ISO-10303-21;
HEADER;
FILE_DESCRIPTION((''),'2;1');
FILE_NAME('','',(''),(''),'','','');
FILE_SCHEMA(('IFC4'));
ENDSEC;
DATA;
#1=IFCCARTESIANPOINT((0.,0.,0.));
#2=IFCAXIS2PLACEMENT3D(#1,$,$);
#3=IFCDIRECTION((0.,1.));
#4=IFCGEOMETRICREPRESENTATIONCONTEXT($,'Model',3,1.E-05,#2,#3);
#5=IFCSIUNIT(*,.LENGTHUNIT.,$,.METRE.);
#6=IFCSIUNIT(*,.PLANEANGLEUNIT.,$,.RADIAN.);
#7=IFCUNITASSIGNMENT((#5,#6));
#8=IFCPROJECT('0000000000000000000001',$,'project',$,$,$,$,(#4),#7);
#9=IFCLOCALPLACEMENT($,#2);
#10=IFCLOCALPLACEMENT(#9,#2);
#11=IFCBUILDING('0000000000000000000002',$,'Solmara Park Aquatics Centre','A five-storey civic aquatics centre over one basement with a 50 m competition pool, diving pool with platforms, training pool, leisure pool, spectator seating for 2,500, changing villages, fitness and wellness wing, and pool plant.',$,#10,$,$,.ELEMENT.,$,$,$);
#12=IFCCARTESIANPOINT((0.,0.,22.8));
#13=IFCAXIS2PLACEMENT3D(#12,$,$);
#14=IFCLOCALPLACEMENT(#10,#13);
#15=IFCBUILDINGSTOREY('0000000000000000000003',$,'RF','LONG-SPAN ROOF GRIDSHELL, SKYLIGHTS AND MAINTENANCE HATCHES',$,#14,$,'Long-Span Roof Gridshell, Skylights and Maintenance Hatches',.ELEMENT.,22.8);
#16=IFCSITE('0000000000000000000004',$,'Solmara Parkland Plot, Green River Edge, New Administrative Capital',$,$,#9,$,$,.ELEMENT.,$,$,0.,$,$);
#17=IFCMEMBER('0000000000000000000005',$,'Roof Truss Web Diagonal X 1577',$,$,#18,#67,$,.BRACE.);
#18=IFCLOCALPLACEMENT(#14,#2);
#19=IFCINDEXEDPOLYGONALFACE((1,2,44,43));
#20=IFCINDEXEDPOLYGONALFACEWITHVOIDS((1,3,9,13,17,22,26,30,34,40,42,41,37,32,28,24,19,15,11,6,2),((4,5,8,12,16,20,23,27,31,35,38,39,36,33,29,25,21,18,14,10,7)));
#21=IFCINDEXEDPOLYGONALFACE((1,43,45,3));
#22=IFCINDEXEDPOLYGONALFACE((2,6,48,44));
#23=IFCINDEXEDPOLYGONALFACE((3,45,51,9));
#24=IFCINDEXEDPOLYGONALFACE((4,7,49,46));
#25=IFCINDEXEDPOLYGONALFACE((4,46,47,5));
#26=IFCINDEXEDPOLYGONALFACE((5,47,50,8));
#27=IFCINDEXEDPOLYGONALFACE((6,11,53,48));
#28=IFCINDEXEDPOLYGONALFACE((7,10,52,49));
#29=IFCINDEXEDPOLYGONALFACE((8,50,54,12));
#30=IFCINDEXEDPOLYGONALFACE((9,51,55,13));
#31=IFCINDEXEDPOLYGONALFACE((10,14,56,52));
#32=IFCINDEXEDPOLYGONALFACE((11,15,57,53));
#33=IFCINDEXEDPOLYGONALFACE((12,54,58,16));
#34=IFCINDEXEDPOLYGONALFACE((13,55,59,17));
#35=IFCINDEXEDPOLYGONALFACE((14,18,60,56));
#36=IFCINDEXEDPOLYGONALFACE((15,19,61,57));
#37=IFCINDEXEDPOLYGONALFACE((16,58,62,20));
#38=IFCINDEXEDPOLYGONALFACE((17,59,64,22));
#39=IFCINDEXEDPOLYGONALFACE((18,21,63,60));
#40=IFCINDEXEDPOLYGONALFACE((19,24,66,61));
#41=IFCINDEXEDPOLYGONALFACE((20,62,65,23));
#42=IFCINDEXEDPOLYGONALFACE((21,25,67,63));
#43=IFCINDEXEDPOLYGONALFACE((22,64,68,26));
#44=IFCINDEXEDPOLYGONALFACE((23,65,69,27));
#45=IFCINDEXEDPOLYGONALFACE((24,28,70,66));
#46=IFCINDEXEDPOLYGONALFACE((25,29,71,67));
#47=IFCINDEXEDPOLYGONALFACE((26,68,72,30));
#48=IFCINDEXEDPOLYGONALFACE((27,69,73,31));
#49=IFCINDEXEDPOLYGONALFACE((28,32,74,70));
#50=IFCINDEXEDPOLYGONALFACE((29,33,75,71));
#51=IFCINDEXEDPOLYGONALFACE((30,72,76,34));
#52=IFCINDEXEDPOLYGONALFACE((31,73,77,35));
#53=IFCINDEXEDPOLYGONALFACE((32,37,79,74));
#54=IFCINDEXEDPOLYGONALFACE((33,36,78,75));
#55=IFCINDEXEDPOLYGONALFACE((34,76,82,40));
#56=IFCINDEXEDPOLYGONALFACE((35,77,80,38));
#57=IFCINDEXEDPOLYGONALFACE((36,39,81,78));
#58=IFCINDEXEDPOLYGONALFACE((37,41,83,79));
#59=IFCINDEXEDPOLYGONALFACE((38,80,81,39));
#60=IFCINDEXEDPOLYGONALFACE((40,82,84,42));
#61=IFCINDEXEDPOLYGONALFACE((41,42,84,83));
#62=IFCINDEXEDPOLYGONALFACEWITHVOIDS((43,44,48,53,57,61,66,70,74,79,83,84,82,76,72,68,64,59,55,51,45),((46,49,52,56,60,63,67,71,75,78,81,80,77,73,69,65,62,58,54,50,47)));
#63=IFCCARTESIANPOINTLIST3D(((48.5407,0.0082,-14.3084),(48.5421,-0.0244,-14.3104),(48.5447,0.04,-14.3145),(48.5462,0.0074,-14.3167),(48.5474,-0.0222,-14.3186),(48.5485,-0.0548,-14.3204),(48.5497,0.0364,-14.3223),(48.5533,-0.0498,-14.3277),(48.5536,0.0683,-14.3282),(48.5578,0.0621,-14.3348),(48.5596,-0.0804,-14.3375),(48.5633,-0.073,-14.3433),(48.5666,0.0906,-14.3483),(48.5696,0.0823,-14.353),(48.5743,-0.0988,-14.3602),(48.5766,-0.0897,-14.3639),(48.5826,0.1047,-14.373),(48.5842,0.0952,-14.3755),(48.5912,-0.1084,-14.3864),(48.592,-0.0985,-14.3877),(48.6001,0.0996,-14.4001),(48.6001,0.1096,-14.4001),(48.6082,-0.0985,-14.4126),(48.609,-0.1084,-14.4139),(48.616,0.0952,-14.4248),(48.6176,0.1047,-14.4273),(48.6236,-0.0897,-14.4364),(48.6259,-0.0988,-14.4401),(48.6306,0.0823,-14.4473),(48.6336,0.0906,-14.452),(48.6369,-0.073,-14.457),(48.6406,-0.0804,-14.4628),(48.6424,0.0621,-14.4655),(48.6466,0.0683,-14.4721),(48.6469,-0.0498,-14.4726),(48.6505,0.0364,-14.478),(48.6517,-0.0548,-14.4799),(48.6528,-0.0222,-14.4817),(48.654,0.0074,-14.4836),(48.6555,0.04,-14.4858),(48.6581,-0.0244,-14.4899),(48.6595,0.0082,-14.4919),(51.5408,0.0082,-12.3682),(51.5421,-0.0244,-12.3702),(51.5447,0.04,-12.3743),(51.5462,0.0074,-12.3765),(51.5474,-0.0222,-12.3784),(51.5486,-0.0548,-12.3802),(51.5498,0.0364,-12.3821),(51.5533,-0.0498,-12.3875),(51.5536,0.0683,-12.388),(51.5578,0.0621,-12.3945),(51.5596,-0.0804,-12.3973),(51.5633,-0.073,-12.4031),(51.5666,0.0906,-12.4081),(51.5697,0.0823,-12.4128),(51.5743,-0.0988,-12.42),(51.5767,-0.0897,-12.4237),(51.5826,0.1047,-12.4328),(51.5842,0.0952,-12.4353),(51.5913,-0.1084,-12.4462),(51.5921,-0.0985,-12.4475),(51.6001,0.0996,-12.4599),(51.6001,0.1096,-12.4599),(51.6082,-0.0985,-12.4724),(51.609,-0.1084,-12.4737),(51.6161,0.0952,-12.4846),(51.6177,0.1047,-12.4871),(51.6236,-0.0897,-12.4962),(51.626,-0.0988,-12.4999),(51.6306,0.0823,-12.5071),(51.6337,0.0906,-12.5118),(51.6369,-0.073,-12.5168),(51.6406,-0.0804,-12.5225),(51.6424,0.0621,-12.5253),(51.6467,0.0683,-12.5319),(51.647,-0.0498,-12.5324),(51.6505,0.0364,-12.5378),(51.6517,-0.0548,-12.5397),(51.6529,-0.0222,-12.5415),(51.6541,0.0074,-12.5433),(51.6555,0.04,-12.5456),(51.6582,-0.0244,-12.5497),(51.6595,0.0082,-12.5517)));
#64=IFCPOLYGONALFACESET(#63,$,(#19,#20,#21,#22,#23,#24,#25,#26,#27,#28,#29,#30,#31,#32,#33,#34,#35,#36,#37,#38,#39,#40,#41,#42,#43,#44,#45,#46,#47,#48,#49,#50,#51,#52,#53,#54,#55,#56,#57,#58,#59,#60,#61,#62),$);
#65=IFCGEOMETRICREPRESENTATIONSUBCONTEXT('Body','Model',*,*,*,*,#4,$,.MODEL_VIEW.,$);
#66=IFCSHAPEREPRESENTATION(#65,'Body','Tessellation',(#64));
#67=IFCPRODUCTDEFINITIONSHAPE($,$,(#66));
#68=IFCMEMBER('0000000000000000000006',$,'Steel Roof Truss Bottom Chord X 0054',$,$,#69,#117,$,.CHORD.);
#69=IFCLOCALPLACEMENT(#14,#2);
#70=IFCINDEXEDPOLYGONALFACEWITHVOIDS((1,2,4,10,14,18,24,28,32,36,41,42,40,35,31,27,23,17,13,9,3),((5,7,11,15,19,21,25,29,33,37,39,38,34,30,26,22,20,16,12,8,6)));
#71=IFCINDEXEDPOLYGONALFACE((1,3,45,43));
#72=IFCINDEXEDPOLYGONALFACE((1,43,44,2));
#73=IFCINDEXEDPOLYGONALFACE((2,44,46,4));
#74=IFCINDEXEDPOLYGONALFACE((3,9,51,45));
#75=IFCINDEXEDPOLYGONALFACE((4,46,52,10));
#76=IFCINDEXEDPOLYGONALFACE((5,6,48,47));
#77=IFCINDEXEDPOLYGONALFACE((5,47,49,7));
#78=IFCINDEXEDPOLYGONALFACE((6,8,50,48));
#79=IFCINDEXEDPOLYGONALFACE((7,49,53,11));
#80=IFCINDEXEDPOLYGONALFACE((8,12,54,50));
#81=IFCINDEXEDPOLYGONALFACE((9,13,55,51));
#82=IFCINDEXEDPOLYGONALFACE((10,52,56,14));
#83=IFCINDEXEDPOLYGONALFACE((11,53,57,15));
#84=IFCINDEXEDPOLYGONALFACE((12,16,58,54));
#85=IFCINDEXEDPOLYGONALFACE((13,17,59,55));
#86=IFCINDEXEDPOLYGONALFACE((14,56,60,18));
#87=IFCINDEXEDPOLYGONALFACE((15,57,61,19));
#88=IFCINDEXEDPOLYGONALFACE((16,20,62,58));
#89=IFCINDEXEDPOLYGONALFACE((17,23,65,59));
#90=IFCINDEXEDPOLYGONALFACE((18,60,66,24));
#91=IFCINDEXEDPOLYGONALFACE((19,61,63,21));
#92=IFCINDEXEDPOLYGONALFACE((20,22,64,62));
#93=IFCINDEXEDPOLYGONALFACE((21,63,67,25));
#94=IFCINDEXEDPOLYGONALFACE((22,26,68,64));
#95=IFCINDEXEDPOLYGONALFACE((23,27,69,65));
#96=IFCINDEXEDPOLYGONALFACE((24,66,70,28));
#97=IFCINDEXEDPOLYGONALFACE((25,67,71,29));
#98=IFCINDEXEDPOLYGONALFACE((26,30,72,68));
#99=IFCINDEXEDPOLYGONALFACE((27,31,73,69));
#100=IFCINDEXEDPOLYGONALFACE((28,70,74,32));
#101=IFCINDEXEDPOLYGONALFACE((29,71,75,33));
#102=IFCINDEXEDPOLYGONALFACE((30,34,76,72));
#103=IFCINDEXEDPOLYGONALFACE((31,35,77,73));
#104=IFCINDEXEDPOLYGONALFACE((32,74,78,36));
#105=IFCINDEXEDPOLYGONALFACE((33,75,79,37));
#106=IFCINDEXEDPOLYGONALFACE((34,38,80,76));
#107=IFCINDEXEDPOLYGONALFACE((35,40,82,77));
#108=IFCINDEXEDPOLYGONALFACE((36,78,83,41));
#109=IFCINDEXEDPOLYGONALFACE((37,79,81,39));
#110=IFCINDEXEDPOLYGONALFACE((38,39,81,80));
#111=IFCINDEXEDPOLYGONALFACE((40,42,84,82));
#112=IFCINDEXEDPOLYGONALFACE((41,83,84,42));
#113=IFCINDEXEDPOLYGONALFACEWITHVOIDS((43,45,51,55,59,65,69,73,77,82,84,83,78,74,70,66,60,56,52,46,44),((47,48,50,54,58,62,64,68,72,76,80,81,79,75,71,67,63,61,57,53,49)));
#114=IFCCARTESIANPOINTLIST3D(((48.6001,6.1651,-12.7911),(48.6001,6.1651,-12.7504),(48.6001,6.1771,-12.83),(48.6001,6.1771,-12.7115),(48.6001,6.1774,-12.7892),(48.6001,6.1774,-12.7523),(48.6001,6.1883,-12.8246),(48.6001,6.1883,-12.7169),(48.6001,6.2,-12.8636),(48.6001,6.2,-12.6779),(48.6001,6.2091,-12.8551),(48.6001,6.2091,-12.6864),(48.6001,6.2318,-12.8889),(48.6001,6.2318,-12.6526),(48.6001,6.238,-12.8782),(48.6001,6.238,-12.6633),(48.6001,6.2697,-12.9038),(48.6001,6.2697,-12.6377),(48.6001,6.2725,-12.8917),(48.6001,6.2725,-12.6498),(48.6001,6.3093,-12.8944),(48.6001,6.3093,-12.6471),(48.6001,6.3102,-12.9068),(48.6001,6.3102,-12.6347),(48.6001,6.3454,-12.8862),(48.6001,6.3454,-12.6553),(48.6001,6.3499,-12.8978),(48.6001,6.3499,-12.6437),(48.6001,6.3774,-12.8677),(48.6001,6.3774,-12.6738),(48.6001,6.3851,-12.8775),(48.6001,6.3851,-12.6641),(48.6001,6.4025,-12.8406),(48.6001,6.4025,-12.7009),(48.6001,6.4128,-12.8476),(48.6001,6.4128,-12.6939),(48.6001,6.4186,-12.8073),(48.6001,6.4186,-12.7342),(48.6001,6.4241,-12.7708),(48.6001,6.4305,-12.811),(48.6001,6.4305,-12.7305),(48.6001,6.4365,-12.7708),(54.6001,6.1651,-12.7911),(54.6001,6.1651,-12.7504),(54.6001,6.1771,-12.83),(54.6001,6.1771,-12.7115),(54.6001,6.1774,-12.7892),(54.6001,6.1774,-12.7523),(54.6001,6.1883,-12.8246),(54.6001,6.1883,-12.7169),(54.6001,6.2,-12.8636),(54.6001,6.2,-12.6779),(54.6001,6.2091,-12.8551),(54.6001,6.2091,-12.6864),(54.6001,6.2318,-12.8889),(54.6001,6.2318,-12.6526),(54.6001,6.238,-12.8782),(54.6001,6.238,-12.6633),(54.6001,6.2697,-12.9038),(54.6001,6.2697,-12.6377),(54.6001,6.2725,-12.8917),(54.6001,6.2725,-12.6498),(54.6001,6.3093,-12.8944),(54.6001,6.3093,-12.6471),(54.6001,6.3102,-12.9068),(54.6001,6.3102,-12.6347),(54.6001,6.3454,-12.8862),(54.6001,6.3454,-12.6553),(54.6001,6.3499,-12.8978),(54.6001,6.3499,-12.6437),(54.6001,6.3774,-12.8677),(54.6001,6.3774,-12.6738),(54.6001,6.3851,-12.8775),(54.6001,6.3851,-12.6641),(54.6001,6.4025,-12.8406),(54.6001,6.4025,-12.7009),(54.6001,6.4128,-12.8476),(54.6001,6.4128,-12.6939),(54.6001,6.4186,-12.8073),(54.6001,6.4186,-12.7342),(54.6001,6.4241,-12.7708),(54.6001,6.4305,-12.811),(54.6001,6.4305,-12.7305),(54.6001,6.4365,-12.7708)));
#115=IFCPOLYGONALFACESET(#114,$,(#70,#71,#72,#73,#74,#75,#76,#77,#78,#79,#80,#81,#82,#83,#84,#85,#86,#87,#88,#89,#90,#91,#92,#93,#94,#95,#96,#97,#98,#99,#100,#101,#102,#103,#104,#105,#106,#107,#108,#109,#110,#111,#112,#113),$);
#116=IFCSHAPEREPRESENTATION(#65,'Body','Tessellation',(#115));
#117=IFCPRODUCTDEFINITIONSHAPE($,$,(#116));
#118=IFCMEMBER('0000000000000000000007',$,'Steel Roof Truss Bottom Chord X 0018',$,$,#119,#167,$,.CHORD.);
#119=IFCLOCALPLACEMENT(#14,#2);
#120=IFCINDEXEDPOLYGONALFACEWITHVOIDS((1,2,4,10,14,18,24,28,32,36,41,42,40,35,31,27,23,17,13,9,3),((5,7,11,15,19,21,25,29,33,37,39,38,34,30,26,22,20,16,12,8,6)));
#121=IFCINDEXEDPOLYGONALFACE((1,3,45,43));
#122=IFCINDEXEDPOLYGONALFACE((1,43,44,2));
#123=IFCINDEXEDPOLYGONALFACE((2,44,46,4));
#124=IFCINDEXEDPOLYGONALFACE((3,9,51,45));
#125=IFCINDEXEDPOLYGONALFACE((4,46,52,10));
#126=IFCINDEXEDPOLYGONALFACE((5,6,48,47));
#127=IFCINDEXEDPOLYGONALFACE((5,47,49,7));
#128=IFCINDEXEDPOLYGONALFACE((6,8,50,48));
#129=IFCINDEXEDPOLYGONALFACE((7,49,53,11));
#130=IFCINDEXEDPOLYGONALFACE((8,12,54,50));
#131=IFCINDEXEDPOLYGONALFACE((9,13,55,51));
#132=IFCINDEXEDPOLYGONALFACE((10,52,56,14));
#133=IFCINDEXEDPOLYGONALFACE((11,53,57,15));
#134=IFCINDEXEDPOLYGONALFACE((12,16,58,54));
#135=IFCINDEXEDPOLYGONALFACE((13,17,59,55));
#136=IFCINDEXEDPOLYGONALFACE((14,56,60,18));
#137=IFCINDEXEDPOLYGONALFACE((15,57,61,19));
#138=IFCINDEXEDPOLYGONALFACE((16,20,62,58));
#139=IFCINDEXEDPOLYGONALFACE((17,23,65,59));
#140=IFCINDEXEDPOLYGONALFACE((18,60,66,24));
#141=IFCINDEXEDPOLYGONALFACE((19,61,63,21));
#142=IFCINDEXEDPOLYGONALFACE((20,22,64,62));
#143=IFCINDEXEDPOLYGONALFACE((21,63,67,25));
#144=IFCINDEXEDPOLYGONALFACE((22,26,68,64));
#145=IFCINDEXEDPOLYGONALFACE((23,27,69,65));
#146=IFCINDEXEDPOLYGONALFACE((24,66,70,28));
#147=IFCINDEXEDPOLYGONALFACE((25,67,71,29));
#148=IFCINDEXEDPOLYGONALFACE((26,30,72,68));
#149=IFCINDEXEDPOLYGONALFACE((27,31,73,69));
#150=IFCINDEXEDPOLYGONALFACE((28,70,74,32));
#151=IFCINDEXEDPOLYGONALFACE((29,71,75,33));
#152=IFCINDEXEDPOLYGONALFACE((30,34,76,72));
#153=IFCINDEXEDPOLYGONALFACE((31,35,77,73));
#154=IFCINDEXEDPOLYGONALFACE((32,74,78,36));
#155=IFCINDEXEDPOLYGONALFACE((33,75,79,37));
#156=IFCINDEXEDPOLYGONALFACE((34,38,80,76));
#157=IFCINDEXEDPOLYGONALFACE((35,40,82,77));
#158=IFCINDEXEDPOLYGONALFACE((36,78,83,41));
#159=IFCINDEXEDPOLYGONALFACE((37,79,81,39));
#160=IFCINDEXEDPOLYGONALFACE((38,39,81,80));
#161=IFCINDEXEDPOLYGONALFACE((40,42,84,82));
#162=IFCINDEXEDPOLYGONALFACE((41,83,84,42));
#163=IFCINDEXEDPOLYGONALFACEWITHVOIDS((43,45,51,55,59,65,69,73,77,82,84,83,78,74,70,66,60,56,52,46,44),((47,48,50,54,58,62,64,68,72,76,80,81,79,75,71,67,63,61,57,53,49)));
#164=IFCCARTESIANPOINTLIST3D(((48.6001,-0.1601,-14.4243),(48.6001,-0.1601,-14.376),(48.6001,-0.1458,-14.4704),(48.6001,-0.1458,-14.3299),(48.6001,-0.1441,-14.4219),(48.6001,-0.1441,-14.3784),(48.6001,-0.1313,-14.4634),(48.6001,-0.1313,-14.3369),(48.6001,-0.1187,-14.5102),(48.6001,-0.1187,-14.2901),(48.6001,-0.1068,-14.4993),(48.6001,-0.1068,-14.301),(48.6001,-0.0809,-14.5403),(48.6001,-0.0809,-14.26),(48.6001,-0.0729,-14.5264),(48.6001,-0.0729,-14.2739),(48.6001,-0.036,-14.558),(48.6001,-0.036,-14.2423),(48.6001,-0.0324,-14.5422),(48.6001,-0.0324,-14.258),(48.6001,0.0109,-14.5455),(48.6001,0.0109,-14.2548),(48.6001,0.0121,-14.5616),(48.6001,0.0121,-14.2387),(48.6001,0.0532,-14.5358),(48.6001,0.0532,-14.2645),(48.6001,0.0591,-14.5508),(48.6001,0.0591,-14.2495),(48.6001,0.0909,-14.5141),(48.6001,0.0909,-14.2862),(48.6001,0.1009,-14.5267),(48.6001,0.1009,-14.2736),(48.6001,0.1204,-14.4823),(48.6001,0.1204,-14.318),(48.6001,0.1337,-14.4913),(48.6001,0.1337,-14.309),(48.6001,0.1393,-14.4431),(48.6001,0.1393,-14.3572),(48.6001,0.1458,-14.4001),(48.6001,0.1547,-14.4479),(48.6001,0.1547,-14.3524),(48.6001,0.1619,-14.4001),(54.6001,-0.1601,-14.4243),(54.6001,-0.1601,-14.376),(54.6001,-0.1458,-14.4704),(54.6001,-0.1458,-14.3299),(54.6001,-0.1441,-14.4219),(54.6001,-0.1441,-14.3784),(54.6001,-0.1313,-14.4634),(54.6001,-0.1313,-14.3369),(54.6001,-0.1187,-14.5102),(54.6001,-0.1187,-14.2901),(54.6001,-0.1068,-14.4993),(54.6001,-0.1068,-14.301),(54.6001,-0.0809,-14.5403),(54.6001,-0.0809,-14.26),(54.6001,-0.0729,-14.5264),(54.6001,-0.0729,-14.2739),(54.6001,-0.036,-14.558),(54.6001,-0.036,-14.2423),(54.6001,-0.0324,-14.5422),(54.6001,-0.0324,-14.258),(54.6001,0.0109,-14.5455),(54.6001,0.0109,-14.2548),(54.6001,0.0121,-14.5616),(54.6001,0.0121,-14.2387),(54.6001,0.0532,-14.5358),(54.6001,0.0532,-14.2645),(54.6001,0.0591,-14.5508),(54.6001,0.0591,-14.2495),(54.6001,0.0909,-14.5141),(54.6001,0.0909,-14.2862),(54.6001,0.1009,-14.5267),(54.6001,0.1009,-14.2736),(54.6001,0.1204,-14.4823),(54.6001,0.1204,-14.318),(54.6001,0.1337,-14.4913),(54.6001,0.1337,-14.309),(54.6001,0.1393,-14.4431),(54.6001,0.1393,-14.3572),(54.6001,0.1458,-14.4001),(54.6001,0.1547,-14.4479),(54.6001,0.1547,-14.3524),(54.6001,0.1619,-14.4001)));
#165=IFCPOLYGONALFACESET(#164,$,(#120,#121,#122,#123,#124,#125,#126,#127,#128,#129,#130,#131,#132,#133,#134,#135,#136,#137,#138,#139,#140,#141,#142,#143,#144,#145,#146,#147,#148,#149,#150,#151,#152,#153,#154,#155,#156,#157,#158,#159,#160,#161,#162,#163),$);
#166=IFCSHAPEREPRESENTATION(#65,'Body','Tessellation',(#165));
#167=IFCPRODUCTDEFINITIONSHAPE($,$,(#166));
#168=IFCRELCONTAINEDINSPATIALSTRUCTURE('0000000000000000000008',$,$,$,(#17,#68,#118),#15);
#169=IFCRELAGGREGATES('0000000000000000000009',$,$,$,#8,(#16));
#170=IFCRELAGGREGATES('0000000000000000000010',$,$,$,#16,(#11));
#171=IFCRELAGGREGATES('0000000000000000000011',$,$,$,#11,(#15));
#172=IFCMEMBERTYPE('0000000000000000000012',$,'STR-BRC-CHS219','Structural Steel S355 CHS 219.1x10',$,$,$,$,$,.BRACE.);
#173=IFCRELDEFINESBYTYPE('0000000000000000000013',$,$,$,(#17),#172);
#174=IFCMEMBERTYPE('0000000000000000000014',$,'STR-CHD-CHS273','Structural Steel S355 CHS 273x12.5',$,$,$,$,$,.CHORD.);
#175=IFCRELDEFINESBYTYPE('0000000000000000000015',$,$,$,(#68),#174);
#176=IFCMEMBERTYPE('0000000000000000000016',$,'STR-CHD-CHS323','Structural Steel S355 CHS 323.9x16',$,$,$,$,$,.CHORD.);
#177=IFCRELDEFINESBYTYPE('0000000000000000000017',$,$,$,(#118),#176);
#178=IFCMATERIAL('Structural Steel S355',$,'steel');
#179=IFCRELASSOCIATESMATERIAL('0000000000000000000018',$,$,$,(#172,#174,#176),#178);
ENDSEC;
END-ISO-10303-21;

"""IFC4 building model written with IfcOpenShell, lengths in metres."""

from ifc_helpers import new_model, si_unit, direction, frame, origin, origin_2d, place, context, subcontext, project, spatial, hollow_circle, extrude, material, material_profile, profile_set, type_object, element, save


model = new_model("IFC4")

# Units and contexts
model_context = context("Model", 3, precision=1e-05, world=origin(), true_north=direction((0.0, 1.0)))
body_context = subcontext(model_context, "Body", "Model", "MODEL_VIEW")
ifc_project = project(units=[si_unit("LENGTHUNIT", "METRE"), si_unit("PLANEANGLEUNIT", "RADIAN")], contexts=[model_context])

# Site, building, storey
site_placement = place(None, origin())
site = spatial("IfcSite", under=ifc_project, at=site_placement, Name="Solmara Parkland Plot, Green River Edge, New Administrative Capital", CompositionType="ELEMENT", RefElevation=0.0)
building_placement = place(site_placement, origin())
building = spatial("IfcBuilding", under=site, at=building_placement, Name="Solmara Park Aquatics Centre", Description="A five-storey civic aquatics centre over one basement with a 50 m competition pool, diving pool with platforms, training pool, leisure pool, spectator seating for 2,500, changing villages, fitness and wellness wing, and pool plant.", CompositionType="ELEMENT")
storey_placement = place(building_placement, frame((0.0, 0.0, 22.8)))
storey = spatial("IfcBuildingStorey", under=building, at=storey_placement, Name="RF", Description="LONG-SPAN ROOF GRIDSHELL, SKYLIGHTS AND MAINTENANCE HATCHES", LongName="Long-Span Roof Gridshell, Skylights and Maintenance Hatches", CompositionType="ELEMENT", Elevation=22.8)

# Members
ifc_material_1 = material(Name="Structural Steel S355", Category="steel")
ifc_material_profile_1 = material_profile(ifc_material_1, hollow_circle(Radius=0.1096, WallThickness=0.01, at=origin_2d()), Name="CHS 219.1x10")
ifc_profile_set_1 = profile_set([ifc_material_profile_1], Name="Structural Steel S355")
member_type_1 = type_object("IfcMemberType", Name="STR-BRC-CHS219", Description="Structural Steel S355 CHS 219.1x10", PredefinedType="BRACE", material=ifc_profile_set_1)
for number, where, z_axis, x_axis, name in (
    (1, (48.6001, 0.0, -14.4001), (0.839697, 0.0, 0.543056), (0.0, 1.0, 0.0), "Roof Truss Web Diagonal X 1577"),
):
    element("IfcMember", number, at=place(storey_placement, frame(where, z_axis=z_axis, x_axis=x_axis)), inside=storey, type_object=member_type_1, Name=name, PredefinedType="BRACE", context=body_context, shape_type="SweptSolid", body=[
        extrude(hollow_circle(Radius=0.1096, WallThickness=0.01, at=origin_2d()), origin(), (0.0, 0.0, 1.0), 3.5728),
    ])
ifc_material_profile_2 = material_profile(ifc_material_1, hollow_circle(Radius=0.1365, WallThickness=0.0125, at=origin_2d()), Name="CHS 273x12.5")
ifc_profile_set_2 = profile_set([ifc_material_profile_2], Name="Structural Steel S355")
member_type_2 = type_object("IfcMemberType", Name="STR-CHD-CHS273", Description="Structural Steel S355 CHS 273x12.5", PredefinedType="CHORD", material=ifc_profile_set_2)
member_1_placement = place(storey_placement, frame((48.6001, 6.3, -12.7708), z_axis=(1.0, 0.0, 0.0), x_axis=(0.0, 1.0, 0.0)))
element("IfcMember", 2, at=member_1_placement, inside=storey, type_object=member_type_2, Name="Steel Roof Truss Bottom Chord X 0054", PredefinedType="CHORD", context=body_context, shape_type="SweptSolid", body=[
    extrude(hollow_circle(Radius=0.1365, WallThickness=0.0125, at=origin_2d()), origin(), (0.0, 0.0, 1.0), 6.0),
])
ifc_material_profile_3 = material_profile(ifc_material_1, hollow_circle(Radius=0.1619, WallThickness=0.0161, at=origin_2d()), Name="CHS 323.9x16")
ifc_profile_set_3 = profile_set([ifc_material_profile_3], Name="Structural Steel S355")
member_type_3 = type_object("IfcMemberType", Name="STR-CHD-CHS323", Description="Structural Steel S355 CHS 323.9x16", PredefinedType="CHORD", material=ifc_profile_set_3)
member_2_placement = place(storey_placement, frame((48.6001, 0.0, -14.4001), z_axis=(1.0, 0.0, 0.0), x_axis=(0.0, 1.0, 0.0)))
element("IfcMember", 3, at=member_2_placement, inside=storey, type_object=member_type_3, Name="Steel Roof Truss Bottom Chord X 0018", PredefinedType="CHORD", context=body_context, shape_type="SweptSolid", body=[
    extrude(hollow_circle(Radius=0.1619, WallThickness=0.0161, at=origin_2d()), origin(), (0.0, 0.0, 1.0), 6.0),
])

save(model, "model.ifc")
